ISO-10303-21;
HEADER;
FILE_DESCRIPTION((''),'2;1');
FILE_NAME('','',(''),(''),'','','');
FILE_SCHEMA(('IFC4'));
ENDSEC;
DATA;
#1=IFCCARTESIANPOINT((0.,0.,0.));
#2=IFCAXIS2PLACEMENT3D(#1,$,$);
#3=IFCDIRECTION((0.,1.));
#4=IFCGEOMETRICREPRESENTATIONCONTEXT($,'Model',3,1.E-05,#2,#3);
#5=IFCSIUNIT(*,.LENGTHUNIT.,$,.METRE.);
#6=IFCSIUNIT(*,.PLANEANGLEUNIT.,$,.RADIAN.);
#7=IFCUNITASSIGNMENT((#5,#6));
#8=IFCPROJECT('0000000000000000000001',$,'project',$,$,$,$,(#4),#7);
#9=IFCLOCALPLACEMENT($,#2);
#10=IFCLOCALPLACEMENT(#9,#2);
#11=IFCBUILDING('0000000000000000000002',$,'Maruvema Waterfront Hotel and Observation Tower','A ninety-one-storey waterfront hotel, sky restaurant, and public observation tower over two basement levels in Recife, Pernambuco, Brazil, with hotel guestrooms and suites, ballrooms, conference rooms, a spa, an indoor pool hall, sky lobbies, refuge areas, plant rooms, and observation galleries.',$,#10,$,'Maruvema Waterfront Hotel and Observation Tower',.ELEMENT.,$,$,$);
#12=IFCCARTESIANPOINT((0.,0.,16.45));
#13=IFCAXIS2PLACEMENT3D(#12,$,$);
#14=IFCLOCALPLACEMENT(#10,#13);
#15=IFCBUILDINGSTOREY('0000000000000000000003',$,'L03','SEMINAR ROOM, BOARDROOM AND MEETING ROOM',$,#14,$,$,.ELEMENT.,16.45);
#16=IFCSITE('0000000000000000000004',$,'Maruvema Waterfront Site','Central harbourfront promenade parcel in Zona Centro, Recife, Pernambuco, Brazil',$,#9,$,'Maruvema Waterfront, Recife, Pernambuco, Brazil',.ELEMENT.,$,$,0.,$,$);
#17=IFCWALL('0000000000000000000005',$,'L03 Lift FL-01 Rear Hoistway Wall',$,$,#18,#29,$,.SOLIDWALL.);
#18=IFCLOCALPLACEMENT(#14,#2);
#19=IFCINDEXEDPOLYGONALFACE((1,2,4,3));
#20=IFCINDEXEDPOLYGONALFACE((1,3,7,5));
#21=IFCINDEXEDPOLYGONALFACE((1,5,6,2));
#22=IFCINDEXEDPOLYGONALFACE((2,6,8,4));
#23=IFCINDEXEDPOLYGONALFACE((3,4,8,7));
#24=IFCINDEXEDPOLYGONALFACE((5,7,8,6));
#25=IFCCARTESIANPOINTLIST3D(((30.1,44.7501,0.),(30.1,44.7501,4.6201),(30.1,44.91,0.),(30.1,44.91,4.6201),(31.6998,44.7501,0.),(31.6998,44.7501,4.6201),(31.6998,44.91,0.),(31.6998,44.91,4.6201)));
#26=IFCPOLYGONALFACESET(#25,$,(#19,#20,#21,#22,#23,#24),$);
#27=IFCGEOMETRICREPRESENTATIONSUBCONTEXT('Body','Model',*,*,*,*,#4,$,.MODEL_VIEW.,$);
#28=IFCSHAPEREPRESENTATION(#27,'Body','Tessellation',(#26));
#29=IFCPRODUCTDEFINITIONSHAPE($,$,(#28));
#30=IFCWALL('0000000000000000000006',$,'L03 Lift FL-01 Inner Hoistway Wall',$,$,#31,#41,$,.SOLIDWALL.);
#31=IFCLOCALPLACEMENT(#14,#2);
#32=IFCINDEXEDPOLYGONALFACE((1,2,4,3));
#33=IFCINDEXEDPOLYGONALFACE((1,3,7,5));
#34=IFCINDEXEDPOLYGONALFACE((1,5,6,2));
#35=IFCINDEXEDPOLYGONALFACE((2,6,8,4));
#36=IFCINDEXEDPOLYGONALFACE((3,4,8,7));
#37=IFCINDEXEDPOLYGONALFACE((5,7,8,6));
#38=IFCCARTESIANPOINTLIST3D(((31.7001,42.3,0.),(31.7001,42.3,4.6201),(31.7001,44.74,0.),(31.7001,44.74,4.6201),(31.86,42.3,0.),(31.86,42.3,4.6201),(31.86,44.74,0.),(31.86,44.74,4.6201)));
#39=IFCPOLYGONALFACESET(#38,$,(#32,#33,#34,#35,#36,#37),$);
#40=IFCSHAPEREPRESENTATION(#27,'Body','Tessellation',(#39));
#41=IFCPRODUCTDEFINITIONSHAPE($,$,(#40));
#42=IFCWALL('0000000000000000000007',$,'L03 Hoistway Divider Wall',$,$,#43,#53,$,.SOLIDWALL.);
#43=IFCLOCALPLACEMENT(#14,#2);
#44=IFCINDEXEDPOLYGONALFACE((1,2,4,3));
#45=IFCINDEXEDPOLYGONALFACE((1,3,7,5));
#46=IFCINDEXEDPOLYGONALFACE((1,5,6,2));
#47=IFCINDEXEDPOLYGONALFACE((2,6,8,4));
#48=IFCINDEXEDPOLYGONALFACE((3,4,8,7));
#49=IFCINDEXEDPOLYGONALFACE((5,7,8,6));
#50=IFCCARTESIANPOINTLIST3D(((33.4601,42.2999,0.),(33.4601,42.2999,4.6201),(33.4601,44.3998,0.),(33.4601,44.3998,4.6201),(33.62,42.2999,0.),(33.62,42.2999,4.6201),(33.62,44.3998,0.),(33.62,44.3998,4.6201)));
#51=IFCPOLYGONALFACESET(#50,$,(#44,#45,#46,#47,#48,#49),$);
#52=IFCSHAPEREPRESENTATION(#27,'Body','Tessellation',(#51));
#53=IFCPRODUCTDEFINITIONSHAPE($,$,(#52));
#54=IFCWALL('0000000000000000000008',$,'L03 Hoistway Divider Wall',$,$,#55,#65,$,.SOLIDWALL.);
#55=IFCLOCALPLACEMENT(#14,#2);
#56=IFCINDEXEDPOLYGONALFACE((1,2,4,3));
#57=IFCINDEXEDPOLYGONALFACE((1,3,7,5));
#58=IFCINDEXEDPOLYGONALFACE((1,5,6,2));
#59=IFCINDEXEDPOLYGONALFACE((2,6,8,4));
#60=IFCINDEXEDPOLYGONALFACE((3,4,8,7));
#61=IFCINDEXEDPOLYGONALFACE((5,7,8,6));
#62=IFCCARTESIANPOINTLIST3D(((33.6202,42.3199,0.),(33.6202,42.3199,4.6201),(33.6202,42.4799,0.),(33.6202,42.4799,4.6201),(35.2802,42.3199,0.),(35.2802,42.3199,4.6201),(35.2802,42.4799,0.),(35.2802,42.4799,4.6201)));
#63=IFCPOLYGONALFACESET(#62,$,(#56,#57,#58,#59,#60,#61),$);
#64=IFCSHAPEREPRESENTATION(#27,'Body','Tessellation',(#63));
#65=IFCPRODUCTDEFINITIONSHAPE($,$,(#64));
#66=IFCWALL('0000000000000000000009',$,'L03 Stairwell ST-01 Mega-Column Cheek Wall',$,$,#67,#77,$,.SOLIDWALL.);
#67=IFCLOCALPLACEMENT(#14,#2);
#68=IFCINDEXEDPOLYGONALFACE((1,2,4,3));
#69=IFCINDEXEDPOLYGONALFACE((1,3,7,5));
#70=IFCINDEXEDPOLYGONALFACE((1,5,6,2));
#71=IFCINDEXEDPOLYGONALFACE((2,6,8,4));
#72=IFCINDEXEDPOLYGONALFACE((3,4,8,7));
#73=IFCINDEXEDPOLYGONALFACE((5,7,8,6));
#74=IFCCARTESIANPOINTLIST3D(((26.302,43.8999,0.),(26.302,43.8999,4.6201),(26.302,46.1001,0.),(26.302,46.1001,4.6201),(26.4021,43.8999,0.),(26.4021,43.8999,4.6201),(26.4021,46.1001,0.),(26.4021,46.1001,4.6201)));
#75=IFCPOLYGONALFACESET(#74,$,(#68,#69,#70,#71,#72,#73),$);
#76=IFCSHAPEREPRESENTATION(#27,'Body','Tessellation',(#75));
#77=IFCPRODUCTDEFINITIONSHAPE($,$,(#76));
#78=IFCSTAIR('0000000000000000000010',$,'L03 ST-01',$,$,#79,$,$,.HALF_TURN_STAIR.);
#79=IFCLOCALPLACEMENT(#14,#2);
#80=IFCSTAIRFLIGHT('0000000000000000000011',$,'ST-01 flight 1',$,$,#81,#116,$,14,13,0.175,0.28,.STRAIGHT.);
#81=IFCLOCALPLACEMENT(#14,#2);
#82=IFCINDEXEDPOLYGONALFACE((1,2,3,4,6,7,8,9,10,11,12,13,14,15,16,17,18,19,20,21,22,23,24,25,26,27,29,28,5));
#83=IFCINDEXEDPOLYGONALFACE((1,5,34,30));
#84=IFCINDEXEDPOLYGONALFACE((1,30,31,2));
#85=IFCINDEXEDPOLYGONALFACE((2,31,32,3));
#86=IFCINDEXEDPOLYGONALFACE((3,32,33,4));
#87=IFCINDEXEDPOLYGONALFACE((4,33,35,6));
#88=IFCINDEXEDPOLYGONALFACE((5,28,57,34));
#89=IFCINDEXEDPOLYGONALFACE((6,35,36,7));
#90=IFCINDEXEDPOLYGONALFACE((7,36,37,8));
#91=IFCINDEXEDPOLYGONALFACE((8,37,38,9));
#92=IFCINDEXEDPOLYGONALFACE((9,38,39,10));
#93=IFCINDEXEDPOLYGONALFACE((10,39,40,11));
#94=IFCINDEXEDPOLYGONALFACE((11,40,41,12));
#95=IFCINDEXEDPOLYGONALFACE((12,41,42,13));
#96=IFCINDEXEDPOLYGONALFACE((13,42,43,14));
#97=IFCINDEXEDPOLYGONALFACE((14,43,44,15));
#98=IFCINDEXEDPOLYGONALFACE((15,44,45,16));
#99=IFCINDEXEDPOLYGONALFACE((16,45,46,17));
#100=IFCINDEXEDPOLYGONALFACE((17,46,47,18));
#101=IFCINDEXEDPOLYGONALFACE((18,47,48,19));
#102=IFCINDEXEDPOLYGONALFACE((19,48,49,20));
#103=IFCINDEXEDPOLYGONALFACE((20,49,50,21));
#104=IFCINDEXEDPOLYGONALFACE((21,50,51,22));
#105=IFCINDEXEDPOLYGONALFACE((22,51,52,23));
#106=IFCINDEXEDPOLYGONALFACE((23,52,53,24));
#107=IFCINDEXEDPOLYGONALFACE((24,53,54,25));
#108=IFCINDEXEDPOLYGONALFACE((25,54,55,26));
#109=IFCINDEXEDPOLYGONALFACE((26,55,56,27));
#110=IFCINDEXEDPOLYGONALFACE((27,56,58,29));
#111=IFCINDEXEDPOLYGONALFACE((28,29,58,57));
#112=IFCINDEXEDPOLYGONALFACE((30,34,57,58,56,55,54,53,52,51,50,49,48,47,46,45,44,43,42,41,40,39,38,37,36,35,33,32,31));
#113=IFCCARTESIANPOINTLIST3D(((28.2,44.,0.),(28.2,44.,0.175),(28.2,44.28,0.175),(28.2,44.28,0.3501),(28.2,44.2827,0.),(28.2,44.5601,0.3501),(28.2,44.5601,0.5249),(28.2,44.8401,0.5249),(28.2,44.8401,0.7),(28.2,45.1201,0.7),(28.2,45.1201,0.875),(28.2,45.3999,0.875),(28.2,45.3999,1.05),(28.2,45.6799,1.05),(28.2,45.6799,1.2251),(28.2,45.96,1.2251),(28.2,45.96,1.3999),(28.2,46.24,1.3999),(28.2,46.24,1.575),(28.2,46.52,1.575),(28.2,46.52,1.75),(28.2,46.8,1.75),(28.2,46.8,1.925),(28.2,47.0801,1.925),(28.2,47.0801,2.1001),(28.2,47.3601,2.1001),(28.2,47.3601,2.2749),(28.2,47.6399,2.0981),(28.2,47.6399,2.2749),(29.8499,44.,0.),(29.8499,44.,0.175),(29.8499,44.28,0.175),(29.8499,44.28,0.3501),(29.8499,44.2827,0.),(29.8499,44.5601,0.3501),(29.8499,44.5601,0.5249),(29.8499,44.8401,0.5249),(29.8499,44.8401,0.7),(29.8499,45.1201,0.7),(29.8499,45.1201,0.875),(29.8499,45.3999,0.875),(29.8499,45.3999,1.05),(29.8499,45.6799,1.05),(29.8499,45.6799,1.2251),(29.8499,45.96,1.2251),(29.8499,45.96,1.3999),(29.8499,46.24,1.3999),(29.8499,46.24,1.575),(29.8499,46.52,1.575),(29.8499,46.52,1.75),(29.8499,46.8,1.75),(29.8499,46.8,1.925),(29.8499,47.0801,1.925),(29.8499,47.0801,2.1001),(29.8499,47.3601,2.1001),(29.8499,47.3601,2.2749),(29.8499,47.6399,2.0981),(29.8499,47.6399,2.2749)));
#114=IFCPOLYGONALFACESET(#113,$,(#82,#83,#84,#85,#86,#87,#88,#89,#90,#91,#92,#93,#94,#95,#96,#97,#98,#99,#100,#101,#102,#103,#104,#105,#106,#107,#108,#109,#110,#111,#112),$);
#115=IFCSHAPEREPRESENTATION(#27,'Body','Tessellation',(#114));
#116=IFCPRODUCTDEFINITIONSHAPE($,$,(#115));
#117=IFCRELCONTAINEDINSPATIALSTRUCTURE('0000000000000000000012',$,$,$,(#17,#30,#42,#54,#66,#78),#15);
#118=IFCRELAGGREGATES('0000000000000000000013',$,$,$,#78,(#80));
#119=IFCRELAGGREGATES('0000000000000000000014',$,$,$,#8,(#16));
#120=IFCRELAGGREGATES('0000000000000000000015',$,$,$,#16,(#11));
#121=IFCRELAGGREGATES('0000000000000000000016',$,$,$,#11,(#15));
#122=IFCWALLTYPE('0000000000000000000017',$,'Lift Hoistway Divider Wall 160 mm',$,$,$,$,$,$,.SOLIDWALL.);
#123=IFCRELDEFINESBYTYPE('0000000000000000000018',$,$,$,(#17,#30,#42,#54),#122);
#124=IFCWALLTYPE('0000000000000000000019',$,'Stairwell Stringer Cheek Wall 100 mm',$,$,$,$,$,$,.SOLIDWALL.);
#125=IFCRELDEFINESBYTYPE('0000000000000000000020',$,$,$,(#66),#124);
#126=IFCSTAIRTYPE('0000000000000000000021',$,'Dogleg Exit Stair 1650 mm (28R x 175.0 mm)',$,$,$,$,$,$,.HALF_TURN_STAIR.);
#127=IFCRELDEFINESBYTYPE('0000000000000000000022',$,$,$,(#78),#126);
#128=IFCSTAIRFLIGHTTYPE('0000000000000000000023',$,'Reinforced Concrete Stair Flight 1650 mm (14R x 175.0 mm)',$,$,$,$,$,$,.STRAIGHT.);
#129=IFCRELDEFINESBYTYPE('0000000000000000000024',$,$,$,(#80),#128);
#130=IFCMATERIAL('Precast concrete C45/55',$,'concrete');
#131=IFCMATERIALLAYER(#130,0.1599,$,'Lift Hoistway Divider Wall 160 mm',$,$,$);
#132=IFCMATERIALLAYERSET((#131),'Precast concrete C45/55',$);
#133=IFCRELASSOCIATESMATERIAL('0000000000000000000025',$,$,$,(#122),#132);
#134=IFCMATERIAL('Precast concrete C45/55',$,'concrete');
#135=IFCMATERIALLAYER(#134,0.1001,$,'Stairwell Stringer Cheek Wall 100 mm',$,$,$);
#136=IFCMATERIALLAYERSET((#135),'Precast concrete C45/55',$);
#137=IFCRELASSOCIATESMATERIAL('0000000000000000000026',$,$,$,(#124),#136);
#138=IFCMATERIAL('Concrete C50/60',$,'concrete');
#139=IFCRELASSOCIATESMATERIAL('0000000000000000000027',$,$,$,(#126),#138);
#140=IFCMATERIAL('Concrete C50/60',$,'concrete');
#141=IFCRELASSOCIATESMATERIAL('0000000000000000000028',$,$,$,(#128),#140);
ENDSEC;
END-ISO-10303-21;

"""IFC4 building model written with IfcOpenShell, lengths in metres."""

from ifc_helpers import new_model, si_unit, direction, frame, frame_2d, origin, place, context, subcontext, project, spatial, polyline, rectangle, outline, extrude, material, layer, layer_set, type_object, element, aggregate, save


model = new_model("IFC4")

# Units and contexts
model_context = context("Model", 3, precision=1e-05, world=origin(), true_north=direction((0.0, 1.0)))
body_context = subcontext(model_context, "Body", "Model", "MODEL_VIEW")
ifc_project = project(units=[si_unit("LENGTHUNIT", "METRE"), si_unit("PLANEANGLEUNIT", "RADIAN")], contexts=[model_context])

# Site, building, storey
site_placement = place(None, origin())
site = spatial("IfcSite", under=ifc_project, at=site_placement, Name="Maruvema Waterfront Site", Description="Central harbourfront promenade parcel in Zona Centro, Recife, Pernambuco, Brazil", LongName="Maruvema Waterfront, Recife, Pernambuco, Brazil", CompositionType="ELEMENT", RefElevation=0.0)
building_placement = place(site_placement, origin())
building = spatial("IfcBuilding", under=site, at=building_placement, Name="Maruvema Waterfront Hotel and Observation Tower", Description="A ninety-one-storey waterfront hotel, sky restaurant, and public observation tower over two basement levels in Recife, Pernambuco, Brazil, with hotel guestrooms and suites, ballrooms, conference rooms, a spa, an indoor pool hall, sky lobbies, refuge areas, plant rooms, and observation galleries.", LongName="Maruvema Waterfront Hotel and Observation Tower", CompositionType="ELEMENT")
storey_placement = place(building_placement, frame((0.0, 0.0, 16.45)))
storey = spatial("IfcBuildingStorey", under=building, at=storey_placement, Name="L03", Description="SEMINAR ROOM, BOARDROOM AND MEETING ROOM", CompositionType="ELEMENT", Elevation=16.45)

# Walls
ifc_material_1 = material(Name="Precast concrete C45/55", Category="concrete")
ifc_layer_1 = layer(ifc_material_1, 0.1599, Name="Lift Hoistway Divider Wall 160 mm")
ifc_layer_set_1 = layer_set([ifc_layer_1], Name="Precast concrete C45/55")
wall_type_1 = type_object("IfcWallType", Name="Lift Hoistway Divider Wall 160 mm", PredefinedType="SOLIDWALL", material=ifc_layer_set_1)
wall_1_placement = place(storey_placement, frame((30.1001, 44.8301, 0.0), z_axis=(0.0, 0.0, 1.0), x_axis=(1.0, 0.0, 0.0)))
element("IfcWall", 1, at=wall_1_placement, inside=storey, type_object=wall_type_1, Name="L03 Lift FL-01 Rear Hoistway Wall", PredefinedType="SOLIDWALL", context=body_context, shape_type="SweptSolid", body=[
    extrude(rectangle(XDim=1.5999, YDim=0.1599, at=frame_2d((0.7998, 0.0))), origin(), (0.0, 0.0, 1.0), 4.6201),
])
wall_2_placement = place(storey_placement, frame((31.78, 42.3, 0.0), z_axis=(0.0, 0.0, 1.0), x_axis=(0.0, 1.0, 0.0)))
element("IfcWall", 2, at=wall_2_placement, inside=storey, type_object=wall_type_1, Name="L03 Lift FL-01 Inner Hoistway Wall", PredefinedType="SOLIDWALL", context=body_context, shape_type="SweptSolid", body=[
    extrude(rectangle(XDim=2.4399, YDim=0.1599, at=frame_2d((1.22, 0.0))), origin(), (0.0, 0.0, 1.0), 4.6201),
])
wall_3_placement = place(storey_placement, frame((33.54, 42.3, 0.0), z_axis=(0.0, 0.0, 1.0), x_axis=(0.0, 1.0, 0.0)))
element("IfcWall", 3, at=wall_3_placement, inside=storey, type_object=wall_type_1, Name="L03 Hoistway Divider Wall", PredefinedType="SOLIDWALL", context=body_context, shape_type="SweptSolid", body=[
    extrude(rectangle(XDim=2.0999, YDim=0.1599, at=frame_2d((1.0498, 0.0))), origin(), (0.0, 0.0, 1.0), 4.6201),
])
wall_4_placement = place(storey_placement, frame((33.6201, 42.3999, 0.0), z_axis=(0.0, 0.0, 1.0), x_axis=(1.0, 0.0, 0.0)))
element("IfcWall", 4, at=wall_4_placement, inside=storey, type_object=wall_type_1, Name="L03 Hoistway Divider Wall", PredefinedType="SOLIDWALL", context=body_context, shape_type="SweptSolid", body=[
    extrude(rectangle(XDim=1.6599, YDim=0.1599, at=frame_2d((0.8301, 0.0))), origin(), (0.0, 0.0, 1.0), 4.6201),
])
ifc_material_2 = material(Name="Precast concrete C45/55", Category="concrete")
ifc_layer_2 = layer(ifc_material_2, 0.1001, Name="Stairwell Stringer Cheek Wall 100 mm")
ifc_layer_set_2 = layer_set([ifc_layer_2], Name="Precast concrete C45/55")
wall_type_2 = type_object("IfcWallType", Name="Stairwell Stringer Cheek Wall 100 mm", PredefinedType="SOLIDWALL", material=ifc_layer_set_2)
wall_5_placement = place(storey_placement, frame((26.3521, 43.8999, 0.0), z_axis=(0.0, 0.0, 1.0), x_axis=(0.0, 1.0, 0.0)))
element("IfcWall", 5, at=wall_5_placement, inside=storey, type_object=wall_type_2, Name="L03 Stairwell ST-01 Mega-Column Cheek Wall", PredefinedType="SOLIDWALL", context=body_context, shape_type="SweptSolid", body=[
    extrude(rectangle(XDim=2.2002, YDim=0.1001, at=frame_2d((1.1001, 0.0))), origin(), (0.0, 0.0, 1.0), 4.6201),
])

# Stair, stair flight
ifc_material_3 = material(Name="Concrete C50/60", Category="concrete")
stair_type = type_object("IfcStairType", Name="Dogleg Exit Stair 1650 mm (28R x 175.0 mm)", PredefinedType="HALF_TURN_STAIR", material=ifc_material_3)
stair_placement = place(storey_placement, origin())
stair = element("IfcStair", 6, at=stair_placement, inside=storey, type_object=stair_type, Name="L03 ST-01", PredefinedType="HALF_TURN_STAIR")
ifc_material_4 = material(Name="Concrete C50/60", Category="concrete")
stair_flight_type = type_object("IfcStairFlightType", Name="Reinforced Concrete Stair Flight 1650 mm (14R x 175.0 mm)", PredefinedType="STRAIGHT", material=ifc_material_4)
stair_flight_placement = place(storey_placement, frame((29.0249, 44.0, 0.0), z_axis=(0.0, 0.0, 1.0), x_axis=(0.0, 1.0, 0.0)))
stair_flight = element("IfcStairFlight", 7, at=stair_flight_placement, type_object=stair_flight_type, Name="ST-01 flight 1", NumberOfRisers=14, NumberOfTreads=13, PredefinedType="STRAIGHT", RiserHeight=0.175, TreadLength=0.28, context=body_context, shape_type="SweptSolid", body=[
    extrude(outline(polyline([(0.0, 0.0), (0.0, 0.175), (0.28, 0.175), (0.28, 0.3501), (0.5601, 0.3501), (0.5601, 0.5249), (0.8401, 0.5249), (0.8401, 0.7), (1.1201, 0.7), (1.1201, 0.875), (1.3999, 0.875), (1.3999, 1.05), (1.6799, 1.05), (1.6799, 1.2251), (1.96, 1.2251), (1.96, 1.3999), (2.24, 1.3999), (2.24, 1.575), (2.52, 1.575), (2.52, 1.75), (2.8, 1.75), (2.8, 1.925), (3.0801, 1.925), (3.0801, 2.1001), (3.3601, 2.1001), (3.3601, 2.2749), (3.6399, 2.2749), (3.6399, 2.45), (3.6399, 2.0981), (0.2827, 0.0), (0.0, 0.0)])), frame((0.0, 0.825, 0.0), z_axis=(0.0, -1.0, 0.0), x_axis=(1.0, 0.0, 0.0)), (0.0, 0.0, 1.0), 1.6499),
])
aggregate(stair, [stair_flight])

save(model, "model.ifc")
